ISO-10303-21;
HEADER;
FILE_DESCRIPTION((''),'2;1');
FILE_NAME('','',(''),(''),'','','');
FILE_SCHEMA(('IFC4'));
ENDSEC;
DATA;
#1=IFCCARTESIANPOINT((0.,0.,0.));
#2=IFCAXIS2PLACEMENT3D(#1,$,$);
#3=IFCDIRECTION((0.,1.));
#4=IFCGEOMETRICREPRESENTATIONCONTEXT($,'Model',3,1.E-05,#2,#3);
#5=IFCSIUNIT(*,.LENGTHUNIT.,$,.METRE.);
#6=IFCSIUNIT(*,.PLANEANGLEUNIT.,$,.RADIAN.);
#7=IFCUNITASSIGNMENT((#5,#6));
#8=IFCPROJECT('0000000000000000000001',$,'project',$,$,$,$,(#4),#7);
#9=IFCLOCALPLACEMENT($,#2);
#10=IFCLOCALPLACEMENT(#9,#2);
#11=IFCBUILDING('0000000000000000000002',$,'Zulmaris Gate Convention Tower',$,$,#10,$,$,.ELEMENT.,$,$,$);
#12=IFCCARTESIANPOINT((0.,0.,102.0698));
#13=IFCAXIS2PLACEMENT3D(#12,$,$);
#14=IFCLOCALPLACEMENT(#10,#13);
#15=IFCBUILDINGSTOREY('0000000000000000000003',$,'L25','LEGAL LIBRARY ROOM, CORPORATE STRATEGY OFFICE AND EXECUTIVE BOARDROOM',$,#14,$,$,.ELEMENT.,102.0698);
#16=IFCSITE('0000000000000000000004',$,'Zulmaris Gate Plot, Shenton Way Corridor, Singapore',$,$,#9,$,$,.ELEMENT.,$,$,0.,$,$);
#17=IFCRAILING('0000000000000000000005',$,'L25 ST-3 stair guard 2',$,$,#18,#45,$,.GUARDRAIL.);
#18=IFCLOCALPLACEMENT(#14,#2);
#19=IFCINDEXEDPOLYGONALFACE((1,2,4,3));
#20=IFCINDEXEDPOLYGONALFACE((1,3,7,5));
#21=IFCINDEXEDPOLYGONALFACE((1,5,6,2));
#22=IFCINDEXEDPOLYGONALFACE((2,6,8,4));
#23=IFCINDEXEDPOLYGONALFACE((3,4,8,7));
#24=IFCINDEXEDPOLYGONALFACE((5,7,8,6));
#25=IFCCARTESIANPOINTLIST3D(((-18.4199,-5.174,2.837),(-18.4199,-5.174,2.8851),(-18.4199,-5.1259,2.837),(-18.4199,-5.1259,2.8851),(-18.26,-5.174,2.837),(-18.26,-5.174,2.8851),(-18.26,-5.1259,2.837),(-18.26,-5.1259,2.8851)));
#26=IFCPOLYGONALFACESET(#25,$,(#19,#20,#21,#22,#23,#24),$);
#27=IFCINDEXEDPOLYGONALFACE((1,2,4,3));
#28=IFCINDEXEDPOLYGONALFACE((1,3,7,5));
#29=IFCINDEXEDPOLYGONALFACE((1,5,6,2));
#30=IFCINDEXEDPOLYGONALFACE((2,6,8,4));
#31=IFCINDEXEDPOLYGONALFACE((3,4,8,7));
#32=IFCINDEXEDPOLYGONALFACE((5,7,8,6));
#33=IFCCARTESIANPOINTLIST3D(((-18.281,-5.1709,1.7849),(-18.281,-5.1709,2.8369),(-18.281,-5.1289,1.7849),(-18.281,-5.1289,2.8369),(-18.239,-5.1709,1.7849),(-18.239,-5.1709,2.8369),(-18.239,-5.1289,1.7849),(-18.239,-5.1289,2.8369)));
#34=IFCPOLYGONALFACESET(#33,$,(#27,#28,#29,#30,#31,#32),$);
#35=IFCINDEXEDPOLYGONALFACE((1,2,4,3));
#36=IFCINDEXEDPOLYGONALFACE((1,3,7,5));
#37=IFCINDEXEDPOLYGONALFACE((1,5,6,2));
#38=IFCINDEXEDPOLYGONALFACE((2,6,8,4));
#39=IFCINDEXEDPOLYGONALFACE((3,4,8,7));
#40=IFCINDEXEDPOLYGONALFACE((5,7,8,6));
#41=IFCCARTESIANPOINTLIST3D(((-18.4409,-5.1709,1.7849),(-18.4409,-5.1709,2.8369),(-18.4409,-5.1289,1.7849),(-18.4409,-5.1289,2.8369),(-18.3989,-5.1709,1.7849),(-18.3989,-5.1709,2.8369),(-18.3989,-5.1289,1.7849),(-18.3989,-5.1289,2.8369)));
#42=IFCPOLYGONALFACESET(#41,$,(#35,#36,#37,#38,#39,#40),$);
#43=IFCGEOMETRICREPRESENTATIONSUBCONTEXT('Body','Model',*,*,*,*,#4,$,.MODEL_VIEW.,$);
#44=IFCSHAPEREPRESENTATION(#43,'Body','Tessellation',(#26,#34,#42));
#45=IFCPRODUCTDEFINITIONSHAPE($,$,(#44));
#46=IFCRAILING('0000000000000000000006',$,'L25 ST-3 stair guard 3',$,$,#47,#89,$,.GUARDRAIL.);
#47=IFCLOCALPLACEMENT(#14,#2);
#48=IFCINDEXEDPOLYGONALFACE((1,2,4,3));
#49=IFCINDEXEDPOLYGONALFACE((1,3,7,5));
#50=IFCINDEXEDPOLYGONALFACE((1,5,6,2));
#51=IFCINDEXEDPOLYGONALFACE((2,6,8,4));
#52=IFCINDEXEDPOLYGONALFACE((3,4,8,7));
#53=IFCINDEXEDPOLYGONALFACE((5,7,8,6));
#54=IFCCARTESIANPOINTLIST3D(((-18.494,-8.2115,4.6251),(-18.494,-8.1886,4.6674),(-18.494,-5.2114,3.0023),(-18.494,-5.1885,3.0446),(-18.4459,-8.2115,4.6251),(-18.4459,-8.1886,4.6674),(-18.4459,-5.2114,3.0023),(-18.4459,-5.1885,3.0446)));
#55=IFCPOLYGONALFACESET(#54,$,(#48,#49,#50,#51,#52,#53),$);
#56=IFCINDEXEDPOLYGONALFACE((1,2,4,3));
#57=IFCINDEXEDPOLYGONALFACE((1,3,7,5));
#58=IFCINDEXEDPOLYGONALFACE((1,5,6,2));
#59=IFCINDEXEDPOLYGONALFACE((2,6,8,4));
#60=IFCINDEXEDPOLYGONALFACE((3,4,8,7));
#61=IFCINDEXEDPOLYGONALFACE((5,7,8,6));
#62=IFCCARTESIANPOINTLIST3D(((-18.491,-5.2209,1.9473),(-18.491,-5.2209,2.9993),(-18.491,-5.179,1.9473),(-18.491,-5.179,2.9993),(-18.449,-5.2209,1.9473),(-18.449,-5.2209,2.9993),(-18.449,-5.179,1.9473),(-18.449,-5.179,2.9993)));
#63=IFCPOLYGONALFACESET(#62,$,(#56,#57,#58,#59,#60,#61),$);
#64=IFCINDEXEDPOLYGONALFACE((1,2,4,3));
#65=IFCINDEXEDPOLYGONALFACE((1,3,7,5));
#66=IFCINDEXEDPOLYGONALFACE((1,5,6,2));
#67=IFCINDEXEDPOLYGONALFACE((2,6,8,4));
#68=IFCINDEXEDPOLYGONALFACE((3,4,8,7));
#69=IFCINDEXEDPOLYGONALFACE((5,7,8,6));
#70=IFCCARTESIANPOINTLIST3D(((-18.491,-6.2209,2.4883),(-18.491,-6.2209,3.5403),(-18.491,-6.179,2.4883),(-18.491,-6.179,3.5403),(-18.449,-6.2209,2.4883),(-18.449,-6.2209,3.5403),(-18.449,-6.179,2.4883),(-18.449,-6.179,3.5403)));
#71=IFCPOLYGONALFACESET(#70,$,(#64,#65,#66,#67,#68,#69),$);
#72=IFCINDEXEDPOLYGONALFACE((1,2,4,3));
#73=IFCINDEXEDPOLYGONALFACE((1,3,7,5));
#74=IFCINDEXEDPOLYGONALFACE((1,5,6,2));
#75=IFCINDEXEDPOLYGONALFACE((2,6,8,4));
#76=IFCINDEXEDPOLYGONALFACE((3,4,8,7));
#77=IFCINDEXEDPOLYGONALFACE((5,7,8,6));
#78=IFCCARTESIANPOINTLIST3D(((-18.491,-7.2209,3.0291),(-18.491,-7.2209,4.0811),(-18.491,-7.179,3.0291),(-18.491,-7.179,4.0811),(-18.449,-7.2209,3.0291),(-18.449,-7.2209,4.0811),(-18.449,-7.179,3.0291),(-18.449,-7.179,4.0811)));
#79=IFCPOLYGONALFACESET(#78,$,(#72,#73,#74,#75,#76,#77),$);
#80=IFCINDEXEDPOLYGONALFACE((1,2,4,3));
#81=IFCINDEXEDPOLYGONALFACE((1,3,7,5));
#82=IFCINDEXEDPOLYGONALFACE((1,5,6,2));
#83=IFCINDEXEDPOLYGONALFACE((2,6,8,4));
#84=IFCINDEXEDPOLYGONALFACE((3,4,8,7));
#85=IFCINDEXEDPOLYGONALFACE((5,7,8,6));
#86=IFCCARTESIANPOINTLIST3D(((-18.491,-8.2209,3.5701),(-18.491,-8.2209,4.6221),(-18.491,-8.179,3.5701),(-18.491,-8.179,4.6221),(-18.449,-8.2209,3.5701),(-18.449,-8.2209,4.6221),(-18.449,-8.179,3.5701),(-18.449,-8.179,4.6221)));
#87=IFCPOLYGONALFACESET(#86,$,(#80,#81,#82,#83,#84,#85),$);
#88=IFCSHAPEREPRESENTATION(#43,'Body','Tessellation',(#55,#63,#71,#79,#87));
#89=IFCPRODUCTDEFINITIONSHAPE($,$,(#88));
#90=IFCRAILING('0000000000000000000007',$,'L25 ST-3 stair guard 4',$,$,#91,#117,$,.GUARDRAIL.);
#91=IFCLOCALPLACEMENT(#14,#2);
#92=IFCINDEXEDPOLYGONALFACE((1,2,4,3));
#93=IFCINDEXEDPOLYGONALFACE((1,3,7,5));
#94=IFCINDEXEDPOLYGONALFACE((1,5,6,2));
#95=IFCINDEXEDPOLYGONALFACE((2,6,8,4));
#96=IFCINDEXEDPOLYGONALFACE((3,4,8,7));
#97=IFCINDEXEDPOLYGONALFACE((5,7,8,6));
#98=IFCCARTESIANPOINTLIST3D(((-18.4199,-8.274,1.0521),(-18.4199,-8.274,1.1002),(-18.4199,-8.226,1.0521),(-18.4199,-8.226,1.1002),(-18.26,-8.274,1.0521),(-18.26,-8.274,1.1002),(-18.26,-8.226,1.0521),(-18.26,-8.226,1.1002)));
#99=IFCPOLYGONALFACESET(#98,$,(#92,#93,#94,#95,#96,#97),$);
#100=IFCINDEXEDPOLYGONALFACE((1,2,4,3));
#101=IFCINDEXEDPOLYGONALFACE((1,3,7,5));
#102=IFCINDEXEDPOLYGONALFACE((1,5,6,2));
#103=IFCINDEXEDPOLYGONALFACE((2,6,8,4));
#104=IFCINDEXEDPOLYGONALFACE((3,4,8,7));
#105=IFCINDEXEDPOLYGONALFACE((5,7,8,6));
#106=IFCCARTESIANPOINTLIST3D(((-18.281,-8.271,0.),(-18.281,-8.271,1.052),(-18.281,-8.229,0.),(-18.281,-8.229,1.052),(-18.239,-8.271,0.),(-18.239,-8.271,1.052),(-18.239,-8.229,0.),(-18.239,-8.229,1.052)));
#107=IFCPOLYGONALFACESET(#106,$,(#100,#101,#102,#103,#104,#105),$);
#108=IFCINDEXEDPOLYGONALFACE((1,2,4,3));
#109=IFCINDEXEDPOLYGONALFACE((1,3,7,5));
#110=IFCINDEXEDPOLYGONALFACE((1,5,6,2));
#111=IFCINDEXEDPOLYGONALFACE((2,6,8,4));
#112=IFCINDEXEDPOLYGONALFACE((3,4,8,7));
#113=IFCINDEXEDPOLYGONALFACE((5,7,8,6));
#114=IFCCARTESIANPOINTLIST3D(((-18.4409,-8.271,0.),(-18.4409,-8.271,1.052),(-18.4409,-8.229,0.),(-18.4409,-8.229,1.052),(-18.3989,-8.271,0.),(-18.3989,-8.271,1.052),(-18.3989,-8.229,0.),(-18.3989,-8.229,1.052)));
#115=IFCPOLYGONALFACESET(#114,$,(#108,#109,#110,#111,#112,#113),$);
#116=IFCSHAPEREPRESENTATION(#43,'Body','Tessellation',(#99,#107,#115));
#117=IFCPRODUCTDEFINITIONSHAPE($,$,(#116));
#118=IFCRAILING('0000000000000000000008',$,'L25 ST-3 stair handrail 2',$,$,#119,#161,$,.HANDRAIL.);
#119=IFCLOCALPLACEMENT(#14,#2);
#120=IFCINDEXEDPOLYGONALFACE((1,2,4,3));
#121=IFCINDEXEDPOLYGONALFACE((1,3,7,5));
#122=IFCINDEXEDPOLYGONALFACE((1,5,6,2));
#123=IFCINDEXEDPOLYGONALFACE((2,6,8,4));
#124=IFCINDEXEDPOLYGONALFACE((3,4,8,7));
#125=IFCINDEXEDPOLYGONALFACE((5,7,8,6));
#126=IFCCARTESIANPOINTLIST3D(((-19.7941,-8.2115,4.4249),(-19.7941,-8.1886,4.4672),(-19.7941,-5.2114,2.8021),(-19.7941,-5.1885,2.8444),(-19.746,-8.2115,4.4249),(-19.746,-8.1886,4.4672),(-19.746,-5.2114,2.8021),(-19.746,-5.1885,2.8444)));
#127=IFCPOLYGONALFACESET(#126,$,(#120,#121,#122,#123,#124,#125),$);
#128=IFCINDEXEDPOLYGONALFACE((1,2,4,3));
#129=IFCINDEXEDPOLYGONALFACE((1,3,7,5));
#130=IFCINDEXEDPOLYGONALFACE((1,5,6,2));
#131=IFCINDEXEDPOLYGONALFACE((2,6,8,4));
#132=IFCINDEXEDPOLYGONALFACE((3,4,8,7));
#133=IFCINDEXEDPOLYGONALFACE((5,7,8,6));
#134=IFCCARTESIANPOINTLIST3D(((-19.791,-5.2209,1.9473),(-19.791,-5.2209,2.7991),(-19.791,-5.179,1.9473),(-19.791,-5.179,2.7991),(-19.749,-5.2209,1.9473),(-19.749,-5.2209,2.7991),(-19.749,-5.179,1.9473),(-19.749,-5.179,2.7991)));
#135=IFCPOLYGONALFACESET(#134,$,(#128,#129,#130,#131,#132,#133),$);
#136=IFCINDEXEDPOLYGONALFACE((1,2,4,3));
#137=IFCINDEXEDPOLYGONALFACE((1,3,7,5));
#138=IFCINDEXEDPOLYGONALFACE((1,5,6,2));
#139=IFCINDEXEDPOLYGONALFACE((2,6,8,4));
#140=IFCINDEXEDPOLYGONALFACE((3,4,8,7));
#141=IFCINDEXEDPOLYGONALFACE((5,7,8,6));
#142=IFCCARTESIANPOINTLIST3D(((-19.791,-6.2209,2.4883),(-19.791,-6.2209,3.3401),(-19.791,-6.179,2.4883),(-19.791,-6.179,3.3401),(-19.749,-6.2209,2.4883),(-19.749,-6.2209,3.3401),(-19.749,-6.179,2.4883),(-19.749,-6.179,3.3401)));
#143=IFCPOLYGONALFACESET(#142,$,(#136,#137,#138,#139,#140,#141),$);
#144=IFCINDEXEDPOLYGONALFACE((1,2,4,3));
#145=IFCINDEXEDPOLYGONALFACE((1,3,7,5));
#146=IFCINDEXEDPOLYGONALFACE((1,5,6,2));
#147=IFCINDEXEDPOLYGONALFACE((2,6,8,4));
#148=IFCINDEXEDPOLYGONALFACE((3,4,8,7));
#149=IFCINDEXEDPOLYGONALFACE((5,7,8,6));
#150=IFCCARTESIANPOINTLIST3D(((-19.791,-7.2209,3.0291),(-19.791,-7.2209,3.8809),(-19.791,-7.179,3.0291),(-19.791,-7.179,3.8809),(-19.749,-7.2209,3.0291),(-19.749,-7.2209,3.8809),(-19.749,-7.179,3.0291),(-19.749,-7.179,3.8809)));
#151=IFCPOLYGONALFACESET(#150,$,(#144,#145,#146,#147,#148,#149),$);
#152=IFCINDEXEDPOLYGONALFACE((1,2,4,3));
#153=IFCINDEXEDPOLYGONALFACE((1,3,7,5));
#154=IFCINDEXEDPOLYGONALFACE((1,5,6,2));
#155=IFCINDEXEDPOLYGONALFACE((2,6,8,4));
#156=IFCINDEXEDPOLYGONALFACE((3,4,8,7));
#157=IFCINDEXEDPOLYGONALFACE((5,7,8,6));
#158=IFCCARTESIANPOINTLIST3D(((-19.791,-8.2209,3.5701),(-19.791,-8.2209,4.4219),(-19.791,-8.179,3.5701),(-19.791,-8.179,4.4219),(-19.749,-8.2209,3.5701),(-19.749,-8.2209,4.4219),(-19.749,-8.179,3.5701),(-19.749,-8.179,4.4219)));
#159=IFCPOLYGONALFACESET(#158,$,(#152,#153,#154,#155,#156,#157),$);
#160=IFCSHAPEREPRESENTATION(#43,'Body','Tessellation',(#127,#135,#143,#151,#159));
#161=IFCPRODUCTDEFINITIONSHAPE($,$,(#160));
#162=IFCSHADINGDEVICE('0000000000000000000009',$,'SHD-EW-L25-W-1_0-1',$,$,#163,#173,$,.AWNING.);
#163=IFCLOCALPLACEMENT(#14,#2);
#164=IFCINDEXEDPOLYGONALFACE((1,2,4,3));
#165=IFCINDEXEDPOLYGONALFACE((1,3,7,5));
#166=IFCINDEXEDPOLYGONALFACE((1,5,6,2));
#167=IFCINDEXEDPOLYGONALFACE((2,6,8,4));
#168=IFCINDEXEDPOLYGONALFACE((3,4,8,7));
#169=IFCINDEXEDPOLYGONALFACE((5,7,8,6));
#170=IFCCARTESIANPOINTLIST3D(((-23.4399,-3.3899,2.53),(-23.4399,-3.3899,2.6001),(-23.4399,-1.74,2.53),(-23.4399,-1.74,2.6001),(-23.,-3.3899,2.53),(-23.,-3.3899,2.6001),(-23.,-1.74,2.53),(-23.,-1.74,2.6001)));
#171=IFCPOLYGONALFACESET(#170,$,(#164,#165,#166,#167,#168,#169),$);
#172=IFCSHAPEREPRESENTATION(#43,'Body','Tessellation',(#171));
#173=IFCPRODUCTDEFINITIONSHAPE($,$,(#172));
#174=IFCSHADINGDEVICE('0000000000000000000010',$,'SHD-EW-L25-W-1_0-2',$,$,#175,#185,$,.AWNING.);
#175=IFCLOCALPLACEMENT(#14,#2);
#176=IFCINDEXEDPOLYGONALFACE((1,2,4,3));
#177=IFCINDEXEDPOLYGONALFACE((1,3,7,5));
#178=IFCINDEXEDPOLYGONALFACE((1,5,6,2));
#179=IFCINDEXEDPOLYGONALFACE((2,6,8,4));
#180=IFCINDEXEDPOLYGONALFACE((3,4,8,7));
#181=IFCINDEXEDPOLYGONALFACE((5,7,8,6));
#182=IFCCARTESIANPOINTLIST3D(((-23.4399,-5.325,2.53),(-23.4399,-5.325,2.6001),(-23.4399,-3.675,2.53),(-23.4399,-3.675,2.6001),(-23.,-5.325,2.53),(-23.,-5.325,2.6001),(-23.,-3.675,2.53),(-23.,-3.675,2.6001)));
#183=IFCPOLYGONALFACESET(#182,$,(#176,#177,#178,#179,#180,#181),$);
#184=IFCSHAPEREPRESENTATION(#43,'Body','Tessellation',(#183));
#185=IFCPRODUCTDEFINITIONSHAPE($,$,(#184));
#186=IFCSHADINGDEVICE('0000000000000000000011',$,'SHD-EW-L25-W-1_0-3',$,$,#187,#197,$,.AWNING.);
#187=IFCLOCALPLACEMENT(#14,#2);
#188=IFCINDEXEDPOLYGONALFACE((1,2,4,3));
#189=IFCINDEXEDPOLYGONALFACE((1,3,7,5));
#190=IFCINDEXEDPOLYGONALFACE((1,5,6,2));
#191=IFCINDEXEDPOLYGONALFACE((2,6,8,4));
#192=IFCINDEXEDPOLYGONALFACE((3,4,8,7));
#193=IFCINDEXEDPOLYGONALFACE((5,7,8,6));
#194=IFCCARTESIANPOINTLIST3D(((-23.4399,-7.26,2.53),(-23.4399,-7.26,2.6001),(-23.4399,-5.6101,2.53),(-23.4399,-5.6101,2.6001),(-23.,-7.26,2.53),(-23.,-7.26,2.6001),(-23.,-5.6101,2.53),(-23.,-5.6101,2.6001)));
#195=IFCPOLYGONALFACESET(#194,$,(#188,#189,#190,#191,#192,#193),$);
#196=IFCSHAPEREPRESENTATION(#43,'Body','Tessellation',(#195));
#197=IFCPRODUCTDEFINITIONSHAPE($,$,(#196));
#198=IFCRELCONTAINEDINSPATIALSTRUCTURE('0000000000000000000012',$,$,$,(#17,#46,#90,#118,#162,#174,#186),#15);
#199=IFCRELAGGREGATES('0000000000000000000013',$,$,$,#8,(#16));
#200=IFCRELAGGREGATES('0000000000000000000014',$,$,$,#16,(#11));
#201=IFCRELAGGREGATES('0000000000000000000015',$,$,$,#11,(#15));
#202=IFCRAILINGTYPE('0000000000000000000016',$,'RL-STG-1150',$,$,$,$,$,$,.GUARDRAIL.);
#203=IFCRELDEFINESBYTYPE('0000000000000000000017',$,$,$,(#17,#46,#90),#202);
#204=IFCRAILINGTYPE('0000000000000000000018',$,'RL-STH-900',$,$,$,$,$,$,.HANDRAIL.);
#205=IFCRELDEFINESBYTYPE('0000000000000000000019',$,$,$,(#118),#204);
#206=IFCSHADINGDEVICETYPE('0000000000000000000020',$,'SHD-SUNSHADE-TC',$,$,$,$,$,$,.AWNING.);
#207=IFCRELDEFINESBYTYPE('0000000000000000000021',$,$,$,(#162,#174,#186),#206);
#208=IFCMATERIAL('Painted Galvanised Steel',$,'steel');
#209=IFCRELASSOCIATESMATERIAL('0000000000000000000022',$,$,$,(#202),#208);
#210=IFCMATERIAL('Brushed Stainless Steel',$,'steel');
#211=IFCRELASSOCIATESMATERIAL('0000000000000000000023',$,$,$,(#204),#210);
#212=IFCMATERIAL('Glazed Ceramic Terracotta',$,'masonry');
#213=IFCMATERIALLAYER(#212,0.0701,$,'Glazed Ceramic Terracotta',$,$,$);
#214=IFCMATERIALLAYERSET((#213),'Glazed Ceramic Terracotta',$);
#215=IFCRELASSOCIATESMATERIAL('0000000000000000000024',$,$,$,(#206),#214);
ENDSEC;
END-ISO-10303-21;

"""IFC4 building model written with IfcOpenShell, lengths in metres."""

from ifc_helpers import new_model, si_unit, direction, frame, frame_2d, origin, origin_2d, place, context, subcontext, project, spatial, rectangle, extrude, material, layer, layer_set, type_object, element, save


model = new_model("IFC4")

# Units and contexts
model_context = context("Model", 3, precision=1e-05, world=origin(), true_north=direction((0.0, 1.0)))
body_context = subcontext(model_context, "Body", "Model", "MODEL_VIEW")
ifc_project = project(units=[si_unit("LENGTHUNIT", "METRE"), si_unit("PLANEANGLEUNIT", "RADIAN")], contexts=[model_context])

# Site, building, storey
site_placement = place(None, origin())
site = spatial("IfcSite", under=ifc_project, at=site_placement, Name="Zulmaris Gate Plot, Shenton Way Corridor, Singapore", CompositionType="ELEMENT", RefElevation=0.0)
building_placement = place(site_placement, origin())
building = spatial("IfcBuilding", under=site, at=building_placement, Name="Zulmaris Gate Convention Tower", CompositionType="ELEMENT")
storey_placement = place(building_placement, frame((0.0, 0.0, 102.0698)))
storey = spatial("IfcBuildingStorey", under=building, at=storey_placement, Name="L25", Description="LEGAL LIBRARY ROOM, CORPORATE STRATEGY OFFICE AND EXECUTIVE BOARDROOM", CompositionType="ELEMENT", Elevation=102.0698)

# Railings
ifc_material_1 = material(Name="Painted Galvanised Steel", Category="steel")
railing_type_1 = type_object("IfcRailingType", Name="RL-STG-1150", PredefinedType="GUARDRAIL", material=ifc_material_1)
railing_1_placement = place(storey_placement, frame((-18.26, -5.1499, 1.7849)))
element("IfcRailing", 1, at=railing_1_placement, inside=storey, type_object=railing_type_1, Name="L25 ST-3 stair guard 2", PredefinedType="GUARDRAIL", context=body_context, shape_type="SweptSolid", body=[
    extrude(rectangle(XDim=0.0481, YDim=0.0481, at=origin_2d()), frame((0.0, 0.0, 1.0762), z_axis=(-1.0, 0.0, 0.0), x_axis=(0.0, -1.0, 0.0)), (0.0, 0.0, 1.0), 0.1599),
    extrude(rectangle(XDim=0.042, YDim=0.042, at=origin_2d()), origin(), (0.0, 0.0, 1.0), 1.052),
    extrude(rectangle(XDim=0.042, YDim=0.042, at=origin_2d()), frame((-0.1599, 0.0, 0.0)), (0.0, 0.0, 1.0), 1.052),
])
railing_2_placement = place(storey_placement, frame((-18.47, -5.2, 1.9473)))
element("IfcRailing", 2, at=railing_2_placement, inside=storey, type_object=railing_type_1, Name="L25 ST-3 stair guard 3", PredefinedType="GUARDRAIL", context=body_context, shape_type="SweptSolid", body=[
    extrude(rectangle(XDim=0.0481, YDim=0.0481, at=origin_2d()), frame((0.0, 0.0, 1.0762), z_axis=(0.0, -0.879562, 0.475785), x_axis=(1.0, 0.0, 0.0)), (0.0, 0.0, 1.0), 3.4109),
    extrude(rectangle(XDim=0.042, YDim=0.042, at=origin_2d()), origin(), (0.0, 0.0, 1.0), 1.052),
    extrude(rectangle(XDim=0.042, YDim=0.042, at=origin_2d()), frame((0.0, -1.0, 0.541)), (0.0, 0.0, 1.0), 1.052),
    extrude(rectangle(XDim=0.042, YDim=0.042, at=origin_2d()), frame((0.0, -2.0, 1.0818)), (0.0, 0.0, 1.0), 1.052),
    extrude(rectangle(XDim=0.042, YDim=0.042, at=origin_2d()), frame((0.0, -3.0, 1.6228)), (0.0, 0.0, 1.0), 1.052),
])
railing_3_placement = place(storey_placement, frame((-18.26, -8.25, 0.0)))
element("IfcRailing", 3, at=railing_3_placement, inside=storey, type_object=railing_type_1, Name="L25 ST-3 stair guard 4", PredefinedType="GUARDRAIL", context=body_context, shape_type="SweptSolid", body=[
    extrude(rectangle(XDim=0.0481, YDim=0.0481, at=origin_2d()), frame((0.0, 0.0, 1.0762), z_axis=(-1.0, 0.0, 0.0), x_axis=(0.0, -1.0, 0.0)), (0.0, 0.0, 1.0), 0.1599),
    extrude(rectangle(XDim=0.042, YDim=0.042, at=origin_2d()), origin(), (0.0, 0.0, 1.0), 1.052),
    extrude(rectangle(XDim=0.042, YDim=0.042, at=origin_2d()), frame((-0.1599, 0.0, 0.0)), (0.0, 0.0, 1.0), 1.052),
])
ifc_material_2 = material(Name="Brushed Stainless Steel", Category="steel")
railing_type_2 = type_object("IfcRailingType", Name="RL-STH-900", PredefinedType="HANDRAIL", material=ifc_material_2)
railing_4_placement = place(storey_placement, frame((-19.77, -5.2, 1.9473)))
element("IfcRailing", 4, at=railing_4_placement, inside=storey, type_object=railing_type_2, Name="L25 ST-3 stair handrail 2", PredefinedType="HANDRAIL", context=body_context, shape_type="SweptSolid", body=[
    extrude(rectangle(XDim=0.0481, YDim=0.0481, at=origin_2d()), frame((0.0, 0.0, 0.876), z_axis=(0.0, -0.879562, 0.475785), x_axis=(1.0, 0.0, 0.0)), (0.0, 0.0, 1.0), 3.4109),
    extrude(rectangle(XDim=0.042, YDim=0.042, at=origin_2d()), origin(), (0.0, 0.0, 1.0), 0.8518),
    extrude(rectangle(XDim=0.042, YDim=0.042, at=origin_2d()), frame((0.0, -1.0, 0.541)), (0.0, 0.0, 1.0), 0.8518),
    extrude(rectangle(XDim=0.042, YDim=0.042, at=origin_2d()), frame((0.0, -2.0, 1.0818)), (0.0, 0.0, 1.0), 0.8518),
    extrude(rectangle(XDim=0.042, YDim=0.042, at=origin_2d()), frame((0.0, -3.0, 1.6228)), (0.0, 0.0, 1.0), 0.8518),
])

# Shading devices
ifc_material_3 = material(Name="Glazed Ceramic Terracotta", Category="masonry")
ifc_layer_1 = layer(ifc_material_3, 0.0701, Name="Glazed Ceramic Terracotta")
ifc_layer_set_1 = layer_set([ifc_layer_1], Name="Glazed Ceramic Terracotta")
shading_device_type = type_object("IfcShadingDeviceType", Name="SHD-SUNSHADE-TC", PredefinedType="AWNING", material=ifc_layer_set_1)
for number, where, z_axis, x_axis, name in (
    (5, (-23.22, -1.74, 2.53), (0.0, 0.0, 1.0), (0.0, -1.0, 0.0), "SHD-EW-L25-W-1_0-1"),
    (6, (-23.22, -3.675, 2.53), (0.0, 0.0, 1.0), (0.0, -1.0, 0.0), "SHD-EW-L25-W-1_0-2"),
    (7, (-23.22, -5.6101, 2.53), (0.0, 0.0, 1.0), (0.0, -1.0, 0.0), "SHD-EW-L25-W-1_0-3"),
):
    element("IfcShadingDevice", number, at=place(storey_placement, frame(where, z_axis=z_axis, x_axis=x_axis)), inside=storey, type_object=shading_device_type, Name=name, PredefinedType="AWNING", context=body_context, shape_type="SweptSolid", body=[
        extrude(rectangle(XDim=1.6499, YDim=0.4399, at=frame_2d((0.825, 0.0))), origin(), (0.0, 0.0, 1.0), 0.0701),
    ])

save(model, "model.ifc")
